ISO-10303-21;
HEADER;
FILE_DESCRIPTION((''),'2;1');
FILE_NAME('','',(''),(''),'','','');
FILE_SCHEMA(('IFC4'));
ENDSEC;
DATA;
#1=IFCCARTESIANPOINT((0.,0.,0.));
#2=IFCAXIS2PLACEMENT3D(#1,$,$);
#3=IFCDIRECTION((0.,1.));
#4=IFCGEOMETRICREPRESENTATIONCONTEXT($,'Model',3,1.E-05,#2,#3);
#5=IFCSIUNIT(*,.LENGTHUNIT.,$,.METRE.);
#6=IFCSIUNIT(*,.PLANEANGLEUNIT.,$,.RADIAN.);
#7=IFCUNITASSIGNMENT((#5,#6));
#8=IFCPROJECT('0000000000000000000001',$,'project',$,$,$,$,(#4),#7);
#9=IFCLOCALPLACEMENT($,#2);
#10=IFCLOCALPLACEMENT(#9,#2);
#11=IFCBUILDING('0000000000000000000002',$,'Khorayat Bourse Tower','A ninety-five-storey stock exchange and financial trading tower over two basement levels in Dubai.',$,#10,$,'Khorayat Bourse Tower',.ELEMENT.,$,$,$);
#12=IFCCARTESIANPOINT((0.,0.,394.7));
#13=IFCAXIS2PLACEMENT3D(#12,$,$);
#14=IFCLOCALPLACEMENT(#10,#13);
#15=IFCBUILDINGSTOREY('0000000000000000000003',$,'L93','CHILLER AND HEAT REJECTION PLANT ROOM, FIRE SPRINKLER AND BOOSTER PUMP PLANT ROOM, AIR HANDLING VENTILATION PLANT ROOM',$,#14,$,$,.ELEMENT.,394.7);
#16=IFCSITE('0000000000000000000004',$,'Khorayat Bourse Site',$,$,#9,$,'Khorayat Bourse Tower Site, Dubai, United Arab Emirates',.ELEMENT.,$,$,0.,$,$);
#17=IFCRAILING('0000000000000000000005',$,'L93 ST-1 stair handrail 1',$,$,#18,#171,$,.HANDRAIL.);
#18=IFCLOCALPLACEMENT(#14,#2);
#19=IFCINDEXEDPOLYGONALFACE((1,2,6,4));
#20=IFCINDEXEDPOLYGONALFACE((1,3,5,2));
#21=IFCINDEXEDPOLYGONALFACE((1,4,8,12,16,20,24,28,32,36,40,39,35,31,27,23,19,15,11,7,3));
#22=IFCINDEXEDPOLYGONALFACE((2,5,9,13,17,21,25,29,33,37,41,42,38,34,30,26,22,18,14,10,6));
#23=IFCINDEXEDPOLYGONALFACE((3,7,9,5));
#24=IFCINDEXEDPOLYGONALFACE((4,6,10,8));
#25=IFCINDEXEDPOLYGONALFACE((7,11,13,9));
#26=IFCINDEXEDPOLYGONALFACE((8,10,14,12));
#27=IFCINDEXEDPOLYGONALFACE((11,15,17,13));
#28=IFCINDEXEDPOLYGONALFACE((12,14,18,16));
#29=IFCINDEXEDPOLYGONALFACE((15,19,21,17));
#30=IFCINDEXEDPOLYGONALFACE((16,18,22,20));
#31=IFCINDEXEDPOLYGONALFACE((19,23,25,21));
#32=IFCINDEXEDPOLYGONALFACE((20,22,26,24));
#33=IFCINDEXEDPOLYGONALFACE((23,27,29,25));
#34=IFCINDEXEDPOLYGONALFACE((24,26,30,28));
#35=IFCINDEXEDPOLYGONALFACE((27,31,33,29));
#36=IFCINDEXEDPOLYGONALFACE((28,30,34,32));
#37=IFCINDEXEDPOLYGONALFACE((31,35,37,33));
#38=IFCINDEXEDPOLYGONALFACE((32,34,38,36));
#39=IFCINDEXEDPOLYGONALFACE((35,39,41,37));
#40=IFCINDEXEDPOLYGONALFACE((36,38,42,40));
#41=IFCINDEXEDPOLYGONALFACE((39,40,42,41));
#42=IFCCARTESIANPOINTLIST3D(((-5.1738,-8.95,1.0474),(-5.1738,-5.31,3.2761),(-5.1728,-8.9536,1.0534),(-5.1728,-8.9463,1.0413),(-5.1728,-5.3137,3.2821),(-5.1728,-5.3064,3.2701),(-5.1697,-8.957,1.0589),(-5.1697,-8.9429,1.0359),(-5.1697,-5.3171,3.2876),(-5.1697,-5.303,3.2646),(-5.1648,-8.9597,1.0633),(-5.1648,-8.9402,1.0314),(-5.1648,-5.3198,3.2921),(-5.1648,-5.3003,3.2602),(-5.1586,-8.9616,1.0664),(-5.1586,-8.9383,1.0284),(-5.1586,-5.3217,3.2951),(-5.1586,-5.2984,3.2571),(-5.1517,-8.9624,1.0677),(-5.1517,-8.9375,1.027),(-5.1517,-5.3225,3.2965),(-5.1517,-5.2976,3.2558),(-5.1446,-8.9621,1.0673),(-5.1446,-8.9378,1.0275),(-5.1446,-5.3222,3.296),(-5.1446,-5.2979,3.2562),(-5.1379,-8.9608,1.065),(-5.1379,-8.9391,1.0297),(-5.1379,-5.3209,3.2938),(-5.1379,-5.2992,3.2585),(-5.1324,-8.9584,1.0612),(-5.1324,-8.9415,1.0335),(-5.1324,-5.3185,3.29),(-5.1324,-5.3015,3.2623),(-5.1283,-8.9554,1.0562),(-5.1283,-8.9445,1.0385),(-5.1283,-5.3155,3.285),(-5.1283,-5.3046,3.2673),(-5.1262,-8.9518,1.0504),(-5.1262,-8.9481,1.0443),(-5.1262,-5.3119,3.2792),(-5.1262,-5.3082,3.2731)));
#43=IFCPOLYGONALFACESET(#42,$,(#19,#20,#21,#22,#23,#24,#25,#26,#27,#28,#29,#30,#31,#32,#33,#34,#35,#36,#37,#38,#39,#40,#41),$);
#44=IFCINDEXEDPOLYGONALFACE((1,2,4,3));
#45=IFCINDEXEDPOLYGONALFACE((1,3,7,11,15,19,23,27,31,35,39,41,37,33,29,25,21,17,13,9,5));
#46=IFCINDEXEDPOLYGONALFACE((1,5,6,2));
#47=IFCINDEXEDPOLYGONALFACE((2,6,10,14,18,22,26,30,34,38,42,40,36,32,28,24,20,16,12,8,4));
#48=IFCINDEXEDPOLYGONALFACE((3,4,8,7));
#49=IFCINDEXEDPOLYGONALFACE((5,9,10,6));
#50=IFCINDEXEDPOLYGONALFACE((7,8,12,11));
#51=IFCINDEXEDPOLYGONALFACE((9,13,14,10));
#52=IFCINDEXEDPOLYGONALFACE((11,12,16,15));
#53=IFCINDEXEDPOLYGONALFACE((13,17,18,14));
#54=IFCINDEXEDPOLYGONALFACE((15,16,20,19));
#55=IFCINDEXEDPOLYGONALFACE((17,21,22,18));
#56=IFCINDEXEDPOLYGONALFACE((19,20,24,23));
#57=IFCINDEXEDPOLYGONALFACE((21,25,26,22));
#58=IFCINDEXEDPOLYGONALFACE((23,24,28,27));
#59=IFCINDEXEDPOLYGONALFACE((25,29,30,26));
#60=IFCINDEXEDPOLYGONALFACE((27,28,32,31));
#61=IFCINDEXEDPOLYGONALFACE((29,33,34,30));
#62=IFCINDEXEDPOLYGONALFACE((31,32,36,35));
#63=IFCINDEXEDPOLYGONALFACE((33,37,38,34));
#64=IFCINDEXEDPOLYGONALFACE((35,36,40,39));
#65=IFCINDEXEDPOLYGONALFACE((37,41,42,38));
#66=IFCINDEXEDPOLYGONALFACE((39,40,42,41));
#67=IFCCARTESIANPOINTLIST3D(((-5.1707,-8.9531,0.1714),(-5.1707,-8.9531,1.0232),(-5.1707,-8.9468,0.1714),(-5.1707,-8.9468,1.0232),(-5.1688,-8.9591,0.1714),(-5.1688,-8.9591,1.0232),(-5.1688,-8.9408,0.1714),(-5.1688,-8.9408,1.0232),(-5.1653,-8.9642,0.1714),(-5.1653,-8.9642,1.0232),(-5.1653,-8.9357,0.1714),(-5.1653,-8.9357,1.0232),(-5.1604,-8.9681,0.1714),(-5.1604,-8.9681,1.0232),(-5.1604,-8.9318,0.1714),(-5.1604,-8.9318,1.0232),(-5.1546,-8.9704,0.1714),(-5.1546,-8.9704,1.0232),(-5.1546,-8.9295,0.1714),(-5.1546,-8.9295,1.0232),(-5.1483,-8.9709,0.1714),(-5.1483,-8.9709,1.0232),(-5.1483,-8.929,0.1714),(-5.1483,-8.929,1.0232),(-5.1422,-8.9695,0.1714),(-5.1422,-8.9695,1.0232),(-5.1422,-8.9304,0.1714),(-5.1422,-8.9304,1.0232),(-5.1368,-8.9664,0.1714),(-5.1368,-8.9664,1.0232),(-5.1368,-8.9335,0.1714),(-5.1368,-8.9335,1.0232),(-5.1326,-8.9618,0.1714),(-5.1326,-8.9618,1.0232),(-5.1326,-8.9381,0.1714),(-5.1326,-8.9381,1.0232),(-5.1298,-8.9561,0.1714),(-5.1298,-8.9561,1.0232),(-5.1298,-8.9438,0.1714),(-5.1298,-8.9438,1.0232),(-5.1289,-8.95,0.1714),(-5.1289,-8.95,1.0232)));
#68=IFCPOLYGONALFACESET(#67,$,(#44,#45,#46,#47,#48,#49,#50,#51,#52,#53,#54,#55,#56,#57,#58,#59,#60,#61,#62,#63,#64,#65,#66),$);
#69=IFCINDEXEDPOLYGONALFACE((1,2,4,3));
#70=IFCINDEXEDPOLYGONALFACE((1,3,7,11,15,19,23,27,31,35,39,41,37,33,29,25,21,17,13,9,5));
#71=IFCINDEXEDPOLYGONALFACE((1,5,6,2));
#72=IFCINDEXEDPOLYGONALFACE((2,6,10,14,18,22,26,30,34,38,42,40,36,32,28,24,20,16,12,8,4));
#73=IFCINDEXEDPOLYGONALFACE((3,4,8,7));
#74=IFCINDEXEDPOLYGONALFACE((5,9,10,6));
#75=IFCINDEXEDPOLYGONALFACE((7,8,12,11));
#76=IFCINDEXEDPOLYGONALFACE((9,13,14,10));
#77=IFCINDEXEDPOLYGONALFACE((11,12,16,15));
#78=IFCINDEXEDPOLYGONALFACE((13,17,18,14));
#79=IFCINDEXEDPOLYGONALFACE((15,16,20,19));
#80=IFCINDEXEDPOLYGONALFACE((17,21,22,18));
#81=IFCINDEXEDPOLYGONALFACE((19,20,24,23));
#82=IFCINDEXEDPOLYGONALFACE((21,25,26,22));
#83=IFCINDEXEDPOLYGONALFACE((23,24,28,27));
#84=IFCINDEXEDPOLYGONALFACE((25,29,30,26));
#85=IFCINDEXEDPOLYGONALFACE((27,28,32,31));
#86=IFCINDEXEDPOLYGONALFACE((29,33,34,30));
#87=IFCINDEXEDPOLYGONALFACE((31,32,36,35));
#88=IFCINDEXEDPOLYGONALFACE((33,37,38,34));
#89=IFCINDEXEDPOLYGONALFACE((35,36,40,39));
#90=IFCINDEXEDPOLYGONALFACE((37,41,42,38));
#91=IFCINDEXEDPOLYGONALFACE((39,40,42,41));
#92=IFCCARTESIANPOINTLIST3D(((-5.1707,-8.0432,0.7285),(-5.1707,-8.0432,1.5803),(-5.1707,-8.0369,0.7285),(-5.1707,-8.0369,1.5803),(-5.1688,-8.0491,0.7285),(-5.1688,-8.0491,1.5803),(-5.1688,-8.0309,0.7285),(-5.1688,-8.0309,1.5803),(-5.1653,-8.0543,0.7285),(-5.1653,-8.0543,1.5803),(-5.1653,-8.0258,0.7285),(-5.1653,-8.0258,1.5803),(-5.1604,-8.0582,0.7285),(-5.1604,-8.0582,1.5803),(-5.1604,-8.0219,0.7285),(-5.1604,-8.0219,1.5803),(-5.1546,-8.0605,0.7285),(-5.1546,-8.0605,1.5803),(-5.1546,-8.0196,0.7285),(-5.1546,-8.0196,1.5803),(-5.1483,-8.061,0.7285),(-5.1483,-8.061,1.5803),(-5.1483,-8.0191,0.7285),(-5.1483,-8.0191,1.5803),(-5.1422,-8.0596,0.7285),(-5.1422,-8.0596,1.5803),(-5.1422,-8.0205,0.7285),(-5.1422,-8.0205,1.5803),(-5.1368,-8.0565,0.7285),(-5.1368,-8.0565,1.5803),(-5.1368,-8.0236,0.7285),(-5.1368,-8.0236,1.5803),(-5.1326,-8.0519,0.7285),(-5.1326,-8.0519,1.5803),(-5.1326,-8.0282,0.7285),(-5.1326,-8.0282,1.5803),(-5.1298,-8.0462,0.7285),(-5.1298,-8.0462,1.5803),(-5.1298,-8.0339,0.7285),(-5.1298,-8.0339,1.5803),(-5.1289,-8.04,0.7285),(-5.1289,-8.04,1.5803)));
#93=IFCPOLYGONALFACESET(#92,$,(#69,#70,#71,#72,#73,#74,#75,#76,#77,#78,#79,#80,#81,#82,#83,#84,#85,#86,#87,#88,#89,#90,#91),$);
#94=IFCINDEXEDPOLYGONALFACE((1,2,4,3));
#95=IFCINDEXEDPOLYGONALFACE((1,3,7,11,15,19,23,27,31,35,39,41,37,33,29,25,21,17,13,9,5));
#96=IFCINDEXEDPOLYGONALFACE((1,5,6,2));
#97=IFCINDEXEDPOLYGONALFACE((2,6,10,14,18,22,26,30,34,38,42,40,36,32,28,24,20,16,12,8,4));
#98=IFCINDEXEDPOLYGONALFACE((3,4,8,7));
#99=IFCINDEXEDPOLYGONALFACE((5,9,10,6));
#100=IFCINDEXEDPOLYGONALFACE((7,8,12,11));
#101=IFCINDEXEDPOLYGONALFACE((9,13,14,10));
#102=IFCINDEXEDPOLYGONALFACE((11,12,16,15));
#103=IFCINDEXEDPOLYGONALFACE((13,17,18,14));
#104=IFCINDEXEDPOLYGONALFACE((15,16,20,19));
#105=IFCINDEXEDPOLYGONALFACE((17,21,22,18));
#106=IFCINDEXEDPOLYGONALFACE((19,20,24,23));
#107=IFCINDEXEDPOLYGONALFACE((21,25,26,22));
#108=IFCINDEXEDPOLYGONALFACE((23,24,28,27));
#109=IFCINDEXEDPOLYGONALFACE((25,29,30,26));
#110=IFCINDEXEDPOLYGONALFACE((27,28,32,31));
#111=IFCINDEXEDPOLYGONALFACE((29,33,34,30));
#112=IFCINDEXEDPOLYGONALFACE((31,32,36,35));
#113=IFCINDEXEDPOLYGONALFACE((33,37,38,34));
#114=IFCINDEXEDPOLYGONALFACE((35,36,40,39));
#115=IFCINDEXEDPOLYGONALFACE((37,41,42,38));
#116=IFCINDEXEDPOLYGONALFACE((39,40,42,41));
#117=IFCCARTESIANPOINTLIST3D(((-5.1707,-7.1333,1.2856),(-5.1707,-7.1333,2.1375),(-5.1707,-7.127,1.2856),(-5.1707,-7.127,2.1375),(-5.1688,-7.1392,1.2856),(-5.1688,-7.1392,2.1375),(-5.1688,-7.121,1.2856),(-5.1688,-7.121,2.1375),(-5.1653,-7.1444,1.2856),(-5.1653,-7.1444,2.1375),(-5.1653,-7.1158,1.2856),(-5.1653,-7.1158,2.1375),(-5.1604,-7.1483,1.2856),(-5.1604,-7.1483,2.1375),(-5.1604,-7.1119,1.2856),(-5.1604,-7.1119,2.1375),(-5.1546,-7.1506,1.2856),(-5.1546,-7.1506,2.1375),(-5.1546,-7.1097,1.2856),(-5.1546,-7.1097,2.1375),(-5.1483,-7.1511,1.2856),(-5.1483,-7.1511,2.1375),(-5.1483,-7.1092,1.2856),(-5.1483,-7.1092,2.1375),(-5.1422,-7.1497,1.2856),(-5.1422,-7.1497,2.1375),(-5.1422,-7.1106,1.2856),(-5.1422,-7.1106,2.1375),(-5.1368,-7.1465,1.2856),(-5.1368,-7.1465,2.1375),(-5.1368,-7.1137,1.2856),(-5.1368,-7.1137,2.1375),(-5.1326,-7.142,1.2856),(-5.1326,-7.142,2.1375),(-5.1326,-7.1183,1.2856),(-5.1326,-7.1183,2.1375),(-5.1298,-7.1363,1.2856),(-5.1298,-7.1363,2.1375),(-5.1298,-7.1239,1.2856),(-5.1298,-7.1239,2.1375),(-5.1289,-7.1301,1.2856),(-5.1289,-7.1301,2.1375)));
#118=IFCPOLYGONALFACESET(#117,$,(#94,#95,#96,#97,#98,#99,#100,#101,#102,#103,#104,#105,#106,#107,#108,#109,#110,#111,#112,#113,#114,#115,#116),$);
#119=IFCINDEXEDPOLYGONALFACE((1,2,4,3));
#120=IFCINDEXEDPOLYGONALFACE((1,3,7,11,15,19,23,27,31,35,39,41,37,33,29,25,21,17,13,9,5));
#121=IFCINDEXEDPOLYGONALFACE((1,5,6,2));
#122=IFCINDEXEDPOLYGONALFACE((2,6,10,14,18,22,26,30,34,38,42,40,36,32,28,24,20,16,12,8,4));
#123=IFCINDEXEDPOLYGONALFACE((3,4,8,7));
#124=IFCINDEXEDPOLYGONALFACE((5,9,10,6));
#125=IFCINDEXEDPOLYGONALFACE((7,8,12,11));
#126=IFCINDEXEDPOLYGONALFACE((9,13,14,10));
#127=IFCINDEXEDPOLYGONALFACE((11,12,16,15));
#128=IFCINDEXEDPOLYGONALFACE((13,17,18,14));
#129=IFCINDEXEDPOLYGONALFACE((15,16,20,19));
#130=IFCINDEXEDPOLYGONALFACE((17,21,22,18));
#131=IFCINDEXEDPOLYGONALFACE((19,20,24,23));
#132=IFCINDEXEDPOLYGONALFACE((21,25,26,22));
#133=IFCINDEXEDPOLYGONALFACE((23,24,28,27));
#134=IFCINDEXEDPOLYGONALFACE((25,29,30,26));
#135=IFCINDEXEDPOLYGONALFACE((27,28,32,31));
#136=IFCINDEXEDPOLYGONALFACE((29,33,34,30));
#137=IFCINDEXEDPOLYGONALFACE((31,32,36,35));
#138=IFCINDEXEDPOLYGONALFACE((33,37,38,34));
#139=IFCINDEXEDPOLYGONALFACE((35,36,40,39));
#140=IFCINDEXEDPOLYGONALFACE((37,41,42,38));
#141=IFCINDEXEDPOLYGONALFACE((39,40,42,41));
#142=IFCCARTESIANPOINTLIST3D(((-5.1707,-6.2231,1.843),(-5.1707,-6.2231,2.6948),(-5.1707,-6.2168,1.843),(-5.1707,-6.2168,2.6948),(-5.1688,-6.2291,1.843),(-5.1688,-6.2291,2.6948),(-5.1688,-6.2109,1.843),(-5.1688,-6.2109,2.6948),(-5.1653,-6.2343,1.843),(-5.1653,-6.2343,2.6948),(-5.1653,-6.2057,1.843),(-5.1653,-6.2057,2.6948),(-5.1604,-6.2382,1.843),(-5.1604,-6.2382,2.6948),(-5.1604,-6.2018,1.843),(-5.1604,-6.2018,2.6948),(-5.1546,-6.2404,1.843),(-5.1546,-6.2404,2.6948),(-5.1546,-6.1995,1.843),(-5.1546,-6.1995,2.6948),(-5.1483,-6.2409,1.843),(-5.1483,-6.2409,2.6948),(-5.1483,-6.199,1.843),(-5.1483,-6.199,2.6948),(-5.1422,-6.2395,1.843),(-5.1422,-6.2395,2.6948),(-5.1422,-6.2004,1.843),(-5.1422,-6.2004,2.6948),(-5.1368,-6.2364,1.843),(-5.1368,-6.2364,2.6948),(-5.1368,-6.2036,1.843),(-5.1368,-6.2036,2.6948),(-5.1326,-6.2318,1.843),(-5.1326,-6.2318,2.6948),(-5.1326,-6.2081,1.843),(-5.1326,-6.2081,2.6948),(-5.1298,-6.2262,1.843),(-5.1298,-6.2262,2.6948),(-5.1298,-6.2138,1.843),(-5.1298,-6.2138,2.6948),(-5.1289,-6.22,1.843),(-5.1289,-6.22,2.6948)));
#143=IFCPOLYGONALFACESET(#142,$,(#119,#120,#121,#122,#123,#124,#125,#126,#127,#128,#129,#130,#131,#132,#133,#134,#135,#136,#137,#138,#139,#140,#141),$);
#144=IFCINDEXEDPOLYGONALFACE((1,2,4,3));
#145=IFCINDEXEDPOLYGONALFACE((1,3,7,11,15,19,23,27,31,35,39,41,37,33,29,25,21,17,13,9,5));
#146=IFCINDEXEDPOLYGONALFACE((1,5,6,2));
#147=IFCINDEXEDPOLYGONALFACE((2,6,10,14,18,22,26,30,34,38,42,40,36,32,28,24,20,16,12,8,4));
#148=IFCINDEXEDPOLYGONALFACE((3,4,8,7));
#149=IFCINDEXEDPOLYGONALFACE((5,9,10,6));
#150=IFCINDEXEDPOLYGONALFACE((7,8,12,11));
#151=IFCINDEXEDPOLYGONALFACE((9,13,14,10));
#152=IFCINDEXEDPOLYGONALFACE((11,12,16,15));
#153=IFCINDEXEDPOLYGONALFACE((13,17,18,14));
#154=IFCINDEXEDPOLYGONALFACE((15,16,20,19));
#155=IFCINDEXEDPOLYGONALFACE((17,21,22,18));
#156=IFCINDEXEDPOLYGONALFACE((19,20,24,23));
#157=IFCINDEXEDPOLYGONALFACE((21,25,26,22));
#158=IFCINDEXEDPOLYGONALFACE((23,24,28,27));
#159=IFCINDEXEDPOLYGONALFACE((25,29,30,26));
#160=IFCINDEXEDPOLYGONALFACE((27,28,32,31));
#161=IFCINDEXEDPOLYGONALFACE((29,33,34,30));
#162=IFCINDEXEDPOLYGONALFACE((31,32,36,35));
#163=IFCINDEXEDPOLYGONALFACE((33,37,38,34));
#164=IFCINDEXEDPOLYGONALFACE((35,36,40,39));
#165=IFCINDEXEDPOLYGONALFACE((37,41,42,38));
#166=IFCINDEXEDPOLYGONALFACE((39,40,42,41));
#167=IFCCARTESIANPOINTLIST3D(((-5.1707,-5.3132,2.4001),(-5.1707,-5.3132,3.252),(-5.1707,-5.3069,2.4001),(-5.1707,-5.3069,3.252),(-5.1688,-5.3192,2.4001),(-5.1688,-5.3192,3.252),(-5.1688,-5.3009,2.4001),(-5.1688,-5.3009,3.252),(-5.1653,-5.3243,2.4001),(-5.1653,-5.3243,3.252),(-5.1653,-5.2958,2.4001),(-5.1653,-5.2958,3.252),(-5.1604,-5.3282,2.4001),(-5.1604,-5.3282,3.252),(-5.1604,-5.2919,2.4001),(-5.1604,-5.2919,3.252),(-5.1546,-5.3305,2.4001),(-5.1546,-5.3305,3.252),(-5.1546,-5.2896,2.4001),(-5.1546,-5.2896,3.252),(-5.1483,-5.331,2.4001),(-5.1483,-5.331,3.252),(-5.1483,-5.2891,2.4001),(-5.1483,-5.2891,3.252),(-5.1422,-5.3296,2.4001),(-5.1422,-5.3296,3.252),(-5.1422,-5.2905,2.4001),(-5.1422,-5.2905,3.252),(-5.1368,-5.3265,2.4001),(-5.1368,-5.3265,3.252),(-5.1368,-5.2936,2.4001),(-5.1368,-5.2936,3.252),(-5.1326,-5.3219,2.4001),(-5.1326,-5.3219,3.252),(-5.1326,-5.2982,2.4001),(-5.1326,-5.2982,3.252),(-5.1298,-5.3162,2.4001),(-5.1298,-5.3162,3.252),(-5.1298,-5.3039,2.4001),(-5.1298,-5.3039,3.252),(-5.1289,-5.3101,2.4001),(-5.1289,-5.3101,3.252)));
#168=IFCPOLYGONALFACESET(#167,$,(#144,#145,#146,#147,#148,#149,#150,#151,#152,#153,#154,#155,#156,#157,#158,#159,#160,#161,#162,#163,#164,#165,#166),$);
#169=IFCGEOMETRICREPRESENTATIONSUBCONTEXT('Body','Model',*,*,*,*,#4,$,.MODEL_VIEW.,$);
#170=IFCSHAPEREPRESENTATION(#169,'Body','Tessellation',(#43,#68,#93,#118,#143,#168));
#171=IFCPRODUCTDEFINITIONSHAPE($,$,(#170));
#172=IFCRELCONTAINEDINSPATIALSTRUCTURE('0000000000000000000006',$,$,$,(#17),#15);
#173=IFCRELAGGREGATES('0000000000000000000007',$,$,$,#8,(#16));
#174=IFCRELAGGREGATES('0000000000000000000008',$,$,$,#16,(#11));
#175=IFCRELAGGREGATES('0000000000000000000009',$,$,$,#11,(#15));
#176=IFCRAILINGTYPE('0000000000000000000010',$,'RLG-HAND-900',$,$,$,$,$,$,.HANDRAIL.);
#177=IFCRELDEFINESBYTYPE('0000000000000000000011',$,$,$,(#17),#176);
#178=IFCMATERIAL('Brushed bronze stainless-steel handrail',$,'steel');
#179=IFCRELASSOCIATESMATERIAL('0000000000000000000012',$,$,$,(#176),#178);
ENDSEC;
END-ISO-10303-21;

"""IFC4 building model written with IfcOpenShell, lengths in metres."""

from ifc_helpers import new_model, si_unit, direction, frame, origin, origin_2d, place, context, subcontext, project, spatial, circle, extrude, source, transform, mapped, material, type_object, element, save


model = new_model("IFC4")

# Units and contexts
model_context = context("Model", 3, precision=1e-05, world=origin(), true_north=direction((0.0, 1.0)))
body_context = subcontext(model_context, "Body", "Model", "MODEL_VIEW")
ifc_project = project(units=[si_unit("LENGTHUNIT", "METRE"), si_unit("PLANEANGLEUNIT", "RADIAN")], contexts=[model_context])

# Site, building, storey
site_placement = place(None, origin())
site = spatial("IfcSite", under=ifc_project, at=site_placement, Name="Khorayat Bourse Site", LongName="Khorayat Bourse Tower Site, Dubai, United Arab Emirates", CompositionType="ELEMENT", RefElevation=0.0)
building_placement = place(site_placement, origin())
building = spatial("IfcBuilding", under=site, at=building_placement, Name="Khorayat Bourse Tower", Description="A ninety-five-storey stock exchange and financial trading tower over two basement levels in Dubai.", LongName="Khorayat Bourse Tower", CompositionType="ELEMENT")
storey_placement = place(building_placement, frame((0.0, 0.0, 394.7)))
storey = spatial("IfcBuildingStorey", under=building, at=storey_placement, Name="L93", Description="CHILLER AND HEAT REJECTION PLANT ROOM, FIRE SPRINKLER AND BOOSTER PUMP PLANT ROOM, AIR HANDLING VENTILATION PLANT ROOM", CompositionType="ELEMENT", Elevation=394.7)

# Railing
ifc_material_1 = material(Name="Brushed bronze stainless-steel handrail", Category="steel")
railing_type_1 = type_object("IfcRailingType", Name="RLG-HAND-900", PredefinedType="HANDRAIL", material=ifc_material_1)
shared_shape_1 = source(origin(), body_context, "Body", "SweptSolid", [
    extrude(circle(Radius=0.0239, at=origin_2d()), frame((0.0, 0.0, 0.876), z_axis=(0.0, 0.852825, 0.522197), x_axis=(-1.0, 0.0, 0.0)), (0.0, 0.0, 1.0), 4.2681),
    extrude(circle(Radius=0.021, at=origin_2d()), origin(), (0.0, 0.0, 1.0), 0.8518),
    extrude(circle(Radius=0.021, at=origin_2d()), frame((0.0, 0.9099, 0.5571)), (0.0, 0.0, 1.0), 0.8518),
    extrude(circle(Radius=0.021, at=origin_2d()), frame((0.0, 1.8198, 1.1143)), (0.0, 0.0, 1.0), 0.8518),
    extrude(circle(Radius=0.021, at=origin_2d()), frame((0.0, 2.73, 1.6716)), (0.0, 0.0, 1.0), 0.8518),
    extrude(circle(Radius=0.021, at=origin_2d()), frame((0.0, 3.6399, 2.2288)), (0.0, 0.0, 1.0), 0.8518),
])
railing_1_placement = place(storey_placement, frame((-5.1499, -8.95, 0.1714)))
element("IfcRailing", 1, at=railing_1_placement, inside=storey, type_object=railing_type_1, Name="L93 ST-1 stair handrail 1", PredefinedType="HANDRAIL", context=body_context, shape_type="MappedRepresentation", body=[
    mapped(shared_shape_1, transform((0.0, 0.0, 0.0), scale=1.0)),
])

save(model, "model.ifc")
